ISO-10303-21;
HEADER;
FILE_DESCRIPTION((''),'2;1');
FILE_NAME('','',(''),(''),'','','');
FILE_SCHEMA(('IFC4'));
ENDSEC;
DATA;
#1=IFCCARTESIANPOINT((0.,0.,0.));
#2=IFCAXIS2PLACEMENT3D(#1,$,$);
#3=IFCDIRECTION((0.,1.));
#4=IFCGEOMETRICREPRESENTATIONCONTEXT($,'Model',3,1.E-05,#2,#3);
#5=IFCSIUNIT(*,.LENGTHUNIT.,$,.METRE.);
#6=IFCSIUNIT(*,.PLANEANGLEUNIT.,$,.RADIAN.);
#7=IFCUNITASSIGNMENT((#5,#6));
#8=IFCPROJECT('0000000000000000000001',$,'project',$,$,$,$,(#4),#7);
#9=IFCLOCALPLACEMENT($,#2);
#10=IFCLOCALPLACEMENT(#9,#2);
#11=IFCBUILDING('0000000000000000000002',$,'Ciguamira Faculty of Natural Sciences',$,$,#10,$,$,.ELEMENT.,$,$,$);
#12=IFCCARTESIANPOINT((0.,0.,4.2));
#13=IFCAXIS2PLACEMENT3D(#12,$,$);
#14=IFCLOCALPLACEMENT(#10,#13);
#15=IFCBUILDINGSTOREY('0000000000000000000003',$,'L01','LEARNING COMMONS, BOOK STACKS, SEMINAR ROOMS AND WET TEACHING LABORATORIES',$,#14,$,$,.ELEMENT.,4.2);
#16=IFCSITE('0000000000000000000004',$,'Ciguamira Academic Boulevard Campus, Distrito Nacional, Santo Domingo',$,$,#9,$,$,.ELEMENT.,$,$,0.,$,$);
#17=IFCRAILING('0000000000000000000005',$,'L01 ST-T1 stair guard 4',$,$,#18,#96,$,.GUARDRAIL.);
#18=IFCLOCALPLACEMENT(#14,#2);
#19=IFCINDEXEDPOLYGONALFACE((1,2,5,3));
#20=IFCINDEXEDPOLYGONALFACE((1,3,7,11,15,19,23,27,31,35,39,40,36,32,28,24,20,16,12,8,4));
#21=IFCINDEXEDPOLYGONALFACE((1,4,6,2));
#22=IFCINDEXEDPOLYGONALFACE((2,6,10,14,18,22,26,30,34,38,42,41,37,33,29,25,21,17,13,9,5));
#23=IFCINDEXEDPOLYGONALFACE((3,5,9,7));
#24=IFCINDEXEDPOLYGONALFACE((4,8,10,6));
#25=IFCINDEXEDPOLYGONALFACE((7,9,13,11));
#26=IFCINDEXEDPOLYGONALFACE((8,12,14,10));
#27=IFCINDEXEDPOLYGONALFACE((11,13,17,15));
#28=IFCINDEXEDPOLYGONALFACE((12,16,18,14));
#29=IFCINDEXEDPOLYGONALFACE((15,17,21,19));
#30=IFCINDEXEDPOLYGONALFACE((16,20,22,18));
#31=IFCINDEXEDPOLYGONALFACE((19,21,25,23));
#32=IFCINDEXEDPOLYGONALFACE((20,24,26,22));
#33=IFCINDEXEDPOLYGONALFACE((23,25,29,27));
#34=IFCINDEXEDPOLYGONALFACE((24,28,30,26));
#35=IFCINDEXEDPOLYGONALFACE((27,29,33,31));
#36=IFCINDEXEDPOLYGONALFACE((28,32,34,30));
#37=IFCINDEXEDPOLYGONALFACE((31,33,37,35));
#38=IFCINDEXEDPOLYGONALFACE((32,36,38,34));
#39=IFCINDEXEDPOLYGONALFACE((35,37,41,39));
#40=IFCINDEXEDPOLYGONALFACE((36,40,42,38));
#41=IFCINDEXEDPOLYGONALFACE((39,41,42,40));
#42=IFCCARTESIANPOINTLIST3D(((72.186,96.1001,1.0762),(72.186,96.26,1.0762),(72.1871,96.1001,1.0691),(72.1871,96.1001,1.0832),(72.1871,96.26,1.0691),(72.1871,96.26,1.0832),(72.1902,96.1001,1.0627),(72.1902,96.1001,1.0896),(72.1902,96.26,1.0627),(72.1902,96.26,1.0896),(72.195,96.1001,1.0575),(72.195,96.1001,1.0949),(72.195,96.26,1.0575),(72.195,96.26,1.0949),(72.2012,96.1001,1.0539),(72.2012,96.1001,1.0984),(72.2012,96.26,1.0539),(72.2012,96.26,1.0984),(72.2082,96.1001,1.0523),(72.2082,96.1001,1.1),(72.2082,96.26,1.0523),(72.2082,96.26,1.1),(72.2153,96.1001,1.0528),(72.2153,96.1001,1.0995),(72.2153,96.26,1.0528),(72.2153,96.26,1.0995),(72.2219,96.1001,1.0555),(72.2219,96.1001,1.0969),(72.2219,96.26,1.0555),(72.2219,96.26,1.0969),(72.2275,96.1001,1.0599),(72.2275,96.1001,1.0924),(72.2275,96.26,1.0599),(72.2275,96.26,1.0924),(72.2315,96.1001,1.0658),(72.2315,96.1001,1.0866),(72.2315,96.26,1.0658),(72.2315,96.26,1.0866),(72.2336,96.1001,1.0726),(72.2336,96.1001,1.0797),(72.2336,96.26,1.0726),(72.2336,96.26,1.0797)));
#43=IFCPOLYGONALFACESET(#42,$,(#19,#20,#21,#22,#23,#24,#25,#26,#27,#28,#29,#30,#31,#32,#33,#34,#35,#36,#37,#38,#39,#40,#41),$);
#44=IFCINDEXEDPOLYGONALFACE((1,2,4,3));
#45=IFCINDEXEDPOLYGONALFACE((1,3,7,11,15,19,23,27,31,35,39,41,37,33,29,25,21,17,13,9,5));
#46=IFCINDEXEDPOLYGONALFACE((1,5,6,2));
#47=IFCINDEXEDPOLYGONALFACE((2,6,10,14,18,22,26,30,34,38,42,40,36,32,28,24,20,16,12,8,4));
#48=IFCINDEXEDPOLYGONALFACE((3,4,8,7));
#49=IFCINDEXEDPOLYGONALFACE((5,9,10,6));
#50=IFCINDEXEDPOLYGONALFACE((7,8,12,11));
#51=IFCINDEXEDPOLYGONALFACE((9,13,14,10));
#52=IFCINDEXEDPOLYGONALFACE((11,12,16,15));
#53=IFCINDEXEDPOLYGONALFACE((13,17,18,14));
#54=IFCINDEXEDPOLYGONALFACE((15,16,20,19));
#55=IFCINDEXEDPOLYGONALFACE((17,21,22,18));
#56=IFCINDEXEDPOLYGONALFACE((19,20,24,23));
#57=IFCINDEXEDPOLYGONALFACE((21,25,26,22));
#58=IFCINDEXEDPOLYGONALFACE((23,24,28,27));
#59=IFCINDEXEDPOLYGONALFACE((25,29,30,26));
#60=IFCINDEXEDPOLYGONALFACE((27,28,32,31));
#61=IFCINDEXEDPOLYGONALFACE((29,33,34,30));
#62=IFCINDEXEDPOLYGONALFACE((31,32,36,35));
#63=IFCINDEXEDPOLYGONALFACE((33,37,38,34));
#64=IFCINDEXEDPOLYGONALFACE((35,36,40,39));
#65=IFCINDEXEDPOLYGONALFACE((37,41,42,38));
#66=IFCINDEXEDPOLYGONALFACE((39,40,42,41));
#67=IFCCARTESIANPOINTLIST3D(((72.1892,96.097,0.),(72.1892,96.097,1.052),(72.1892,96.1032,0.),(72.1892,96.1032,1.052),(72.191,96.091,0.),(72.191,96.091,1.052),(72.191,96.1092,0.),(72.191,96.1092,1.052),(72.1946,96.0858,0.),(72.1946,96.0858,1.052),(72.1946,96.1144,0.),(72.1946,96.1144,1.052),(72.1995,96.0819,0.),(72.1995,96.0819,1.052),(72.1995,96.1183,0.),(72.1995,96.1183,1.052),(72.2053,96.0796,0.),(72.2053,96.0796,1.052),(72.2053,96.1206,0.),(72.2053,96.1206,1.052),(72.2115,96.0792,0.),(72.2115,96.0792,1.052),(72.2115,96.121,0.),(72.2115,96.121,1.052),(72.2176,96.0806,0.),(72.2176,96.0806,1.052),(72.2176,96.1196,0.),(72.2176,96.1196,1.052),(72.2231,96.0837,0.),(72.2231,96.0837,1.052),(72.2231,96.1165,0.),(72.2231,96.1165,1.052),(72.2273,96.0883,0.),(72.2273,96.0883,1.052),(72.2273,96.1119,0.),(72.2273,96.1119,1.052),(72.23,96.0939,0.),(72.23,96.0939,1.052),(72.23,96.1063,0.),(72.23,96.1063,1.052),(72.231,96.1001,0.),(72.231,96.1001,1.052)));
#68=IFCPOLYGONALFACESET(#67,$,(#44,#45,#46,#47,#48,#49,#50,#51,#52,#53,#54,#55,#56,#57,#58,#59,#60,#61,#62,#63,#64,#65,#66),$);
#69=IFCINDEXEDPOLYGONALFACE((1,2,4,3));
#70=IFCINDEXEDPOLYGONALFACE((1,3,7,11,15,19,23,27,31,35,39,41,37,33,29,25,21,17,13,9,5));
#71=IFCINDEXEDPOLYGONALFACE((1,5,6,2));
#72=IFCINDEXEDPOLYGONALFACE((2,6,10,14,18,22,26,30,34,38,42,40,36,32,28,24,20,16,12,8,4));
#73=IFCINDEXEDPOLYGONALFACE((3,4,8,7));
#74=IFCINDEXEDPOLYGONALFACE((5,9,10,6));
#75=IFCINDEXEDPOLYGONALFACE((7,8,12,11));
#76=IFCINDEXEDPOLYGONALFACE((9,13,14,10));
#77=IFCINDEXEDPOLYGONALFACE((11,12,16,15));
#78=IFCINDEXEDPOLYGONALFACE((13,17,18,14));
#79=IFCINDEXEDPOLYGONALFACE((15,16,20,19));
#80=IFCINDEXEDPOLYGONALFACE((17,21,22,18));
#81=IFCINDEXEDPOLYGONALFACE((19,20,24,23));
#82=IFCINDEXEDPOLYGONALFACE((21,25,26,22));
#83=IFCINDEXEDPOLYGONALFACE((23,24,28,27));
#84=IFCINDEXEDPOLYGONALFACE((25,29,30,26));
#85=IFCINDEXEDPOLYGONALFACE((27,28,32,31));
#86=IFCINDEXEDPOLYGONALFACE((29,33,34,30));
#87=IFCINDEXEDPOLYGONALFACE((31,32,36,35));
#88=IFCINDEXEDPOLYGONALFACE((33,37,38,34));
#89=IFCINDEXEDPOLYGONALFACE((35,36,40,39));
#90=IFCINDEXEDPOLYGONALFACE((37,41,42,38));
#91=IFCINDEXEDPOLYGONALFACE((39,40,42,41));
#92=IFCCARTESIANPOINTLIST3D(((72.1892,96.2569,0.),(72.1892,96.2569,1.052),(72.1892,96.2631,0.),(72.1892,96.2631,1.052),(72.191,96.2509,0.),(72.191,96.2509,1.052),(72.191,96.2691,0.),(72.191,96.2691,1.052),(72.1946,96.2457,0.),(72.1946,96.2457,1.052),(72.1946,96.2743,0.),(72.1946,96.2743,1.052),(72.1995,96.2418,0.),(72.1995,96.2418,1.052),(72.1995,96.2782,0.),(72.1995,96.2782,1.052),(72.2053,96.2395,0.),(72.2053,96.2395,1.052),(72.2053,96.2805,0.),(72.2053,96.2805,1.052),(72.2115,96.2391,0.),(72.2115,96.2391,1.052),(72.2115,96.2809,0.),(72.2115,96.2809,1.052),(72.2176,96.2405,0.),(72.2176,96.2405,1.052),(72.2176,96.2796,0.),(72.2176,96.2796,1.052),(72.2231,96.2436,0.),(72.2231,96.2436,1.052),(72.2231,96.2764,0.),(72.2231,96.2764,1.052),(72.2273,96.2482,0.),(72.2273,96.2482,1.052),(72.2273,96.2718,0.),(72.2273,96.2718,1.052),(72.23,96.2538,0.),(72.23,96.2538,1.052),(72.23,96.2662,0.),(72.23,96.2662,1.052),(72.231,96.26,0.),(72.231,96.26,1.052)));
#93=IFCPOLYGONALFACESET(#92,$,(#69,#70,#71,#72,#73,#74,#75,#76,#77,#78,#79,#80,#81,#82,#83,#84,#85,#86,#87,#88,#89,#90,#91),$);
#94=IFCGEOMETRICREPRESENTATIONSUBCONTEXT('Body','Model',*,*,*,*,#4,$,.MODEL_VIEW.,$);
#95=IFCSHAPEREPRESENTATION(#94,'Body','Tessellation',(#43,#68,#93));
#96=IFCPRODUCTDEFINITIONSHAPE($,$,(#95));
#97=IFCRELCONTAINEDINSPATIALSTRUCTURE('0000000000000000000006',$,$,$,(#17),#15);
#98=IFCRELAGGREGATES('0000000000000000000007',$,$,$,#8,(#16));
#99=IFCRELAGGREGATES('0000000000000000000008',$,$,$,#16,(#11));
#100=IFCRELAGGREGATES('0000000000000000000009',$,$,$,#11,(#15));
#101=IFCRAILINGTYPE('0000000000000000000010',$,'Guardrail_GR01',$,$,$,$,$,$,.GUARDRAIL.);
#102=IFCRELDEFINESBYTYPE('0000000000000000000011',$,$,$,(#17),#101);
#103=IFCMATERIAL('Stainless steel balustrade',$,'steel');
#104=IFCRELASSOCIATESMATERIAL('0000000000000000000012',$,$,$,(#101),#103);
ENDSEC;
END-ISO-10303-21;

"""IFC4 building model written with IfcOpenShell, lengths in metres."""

from ifc_helpers import new_model, si_unit, direction, frame, origin, origin_2d, place, context, subcontext, project, spatial, circle, extrude, material, type_object, element, save


model = new_model("IFC4")

# Units and contexts
model_context = context("Model", 3, precision=1e-05, world=origin(), true_north=direction((0.0, 1.0)))
body_context = subcontext(model_context, "Body", "Model", "MODEL_VIEW")
ifc_project = project(units=[si_unit("LENGTHUNIT", "METRE"), si_unit("PLANEANGLEUNIT", "RADIAN")], contexts=[model_context])

# Site, building, storey
site_placement = place(None, origin())
site = spatial("IfcSite", under=ifc_project, at=site_placement, Name="Ciguamira Academic Boulevard Campus, Distrito Nacional, Santo Domingo", CompositionType="ELEMENT", RefElevation=0.0)
building_placement = place(site_placement, origin())
building = spatial("IfcBuilding", under=site, at=building_placement, Name="Ciguamira Faculty of Natural Sciences", CompositionType="ELEMENT")
storey_placement = place(building_placement, frame((0.0, 0.0, 4.2)))
storey = spatial("IfcBuildingStorey", under=building, at=storey_placement, Name="L01", Description="LEARNING COMMONS, BOOK STACKS, SEMINAR ROOMS AND WET TEACHING LABORATORIES", CompositionType="ELEMENT", Elevation=4.2)

# Railing
ifc_material_1 = material(Name="Stainless steel balustrade", Category="steel")
railing_type_1 = type_object("IfcRailingType", Name="Guardrail_GR01", PredefinedType="GUARDRAIL", material=ifc_material_1)
railing_1_placement = place(storey_placement, frame((72.21, 96.1001, 0.0)))
element("IfcRailing", 1, at=railing_1_placement, inside=storey, type_object=railing_type_1, Name="L01 ST-T1 stair guard 4", PredefinedType="GUARDRAIL", context=body_context, shape_type="SweptSolid", body=[
    extrude(circle(Radius=0.0239, at=origin_2d()), frame((0.0, 0.0, 1.0762), z_axis=(0.0, 1.0, 0.0), x_axis=(-1.0, 0.0, 0.0)), (0.0, 0.0, 1.0), 0.1599),
    extrude(circle(Radius=0.021, at=origin_2d()), origin(), (0.0, 0.0, 1.0), 1.052),
    extrude(circle(Radius=0.021, at=origin_2d()), frame((0.0, 0.1599, 0.0)), (0.0, 0.0, 1.0), 1.052),
])

save(model, "model.ifc")
